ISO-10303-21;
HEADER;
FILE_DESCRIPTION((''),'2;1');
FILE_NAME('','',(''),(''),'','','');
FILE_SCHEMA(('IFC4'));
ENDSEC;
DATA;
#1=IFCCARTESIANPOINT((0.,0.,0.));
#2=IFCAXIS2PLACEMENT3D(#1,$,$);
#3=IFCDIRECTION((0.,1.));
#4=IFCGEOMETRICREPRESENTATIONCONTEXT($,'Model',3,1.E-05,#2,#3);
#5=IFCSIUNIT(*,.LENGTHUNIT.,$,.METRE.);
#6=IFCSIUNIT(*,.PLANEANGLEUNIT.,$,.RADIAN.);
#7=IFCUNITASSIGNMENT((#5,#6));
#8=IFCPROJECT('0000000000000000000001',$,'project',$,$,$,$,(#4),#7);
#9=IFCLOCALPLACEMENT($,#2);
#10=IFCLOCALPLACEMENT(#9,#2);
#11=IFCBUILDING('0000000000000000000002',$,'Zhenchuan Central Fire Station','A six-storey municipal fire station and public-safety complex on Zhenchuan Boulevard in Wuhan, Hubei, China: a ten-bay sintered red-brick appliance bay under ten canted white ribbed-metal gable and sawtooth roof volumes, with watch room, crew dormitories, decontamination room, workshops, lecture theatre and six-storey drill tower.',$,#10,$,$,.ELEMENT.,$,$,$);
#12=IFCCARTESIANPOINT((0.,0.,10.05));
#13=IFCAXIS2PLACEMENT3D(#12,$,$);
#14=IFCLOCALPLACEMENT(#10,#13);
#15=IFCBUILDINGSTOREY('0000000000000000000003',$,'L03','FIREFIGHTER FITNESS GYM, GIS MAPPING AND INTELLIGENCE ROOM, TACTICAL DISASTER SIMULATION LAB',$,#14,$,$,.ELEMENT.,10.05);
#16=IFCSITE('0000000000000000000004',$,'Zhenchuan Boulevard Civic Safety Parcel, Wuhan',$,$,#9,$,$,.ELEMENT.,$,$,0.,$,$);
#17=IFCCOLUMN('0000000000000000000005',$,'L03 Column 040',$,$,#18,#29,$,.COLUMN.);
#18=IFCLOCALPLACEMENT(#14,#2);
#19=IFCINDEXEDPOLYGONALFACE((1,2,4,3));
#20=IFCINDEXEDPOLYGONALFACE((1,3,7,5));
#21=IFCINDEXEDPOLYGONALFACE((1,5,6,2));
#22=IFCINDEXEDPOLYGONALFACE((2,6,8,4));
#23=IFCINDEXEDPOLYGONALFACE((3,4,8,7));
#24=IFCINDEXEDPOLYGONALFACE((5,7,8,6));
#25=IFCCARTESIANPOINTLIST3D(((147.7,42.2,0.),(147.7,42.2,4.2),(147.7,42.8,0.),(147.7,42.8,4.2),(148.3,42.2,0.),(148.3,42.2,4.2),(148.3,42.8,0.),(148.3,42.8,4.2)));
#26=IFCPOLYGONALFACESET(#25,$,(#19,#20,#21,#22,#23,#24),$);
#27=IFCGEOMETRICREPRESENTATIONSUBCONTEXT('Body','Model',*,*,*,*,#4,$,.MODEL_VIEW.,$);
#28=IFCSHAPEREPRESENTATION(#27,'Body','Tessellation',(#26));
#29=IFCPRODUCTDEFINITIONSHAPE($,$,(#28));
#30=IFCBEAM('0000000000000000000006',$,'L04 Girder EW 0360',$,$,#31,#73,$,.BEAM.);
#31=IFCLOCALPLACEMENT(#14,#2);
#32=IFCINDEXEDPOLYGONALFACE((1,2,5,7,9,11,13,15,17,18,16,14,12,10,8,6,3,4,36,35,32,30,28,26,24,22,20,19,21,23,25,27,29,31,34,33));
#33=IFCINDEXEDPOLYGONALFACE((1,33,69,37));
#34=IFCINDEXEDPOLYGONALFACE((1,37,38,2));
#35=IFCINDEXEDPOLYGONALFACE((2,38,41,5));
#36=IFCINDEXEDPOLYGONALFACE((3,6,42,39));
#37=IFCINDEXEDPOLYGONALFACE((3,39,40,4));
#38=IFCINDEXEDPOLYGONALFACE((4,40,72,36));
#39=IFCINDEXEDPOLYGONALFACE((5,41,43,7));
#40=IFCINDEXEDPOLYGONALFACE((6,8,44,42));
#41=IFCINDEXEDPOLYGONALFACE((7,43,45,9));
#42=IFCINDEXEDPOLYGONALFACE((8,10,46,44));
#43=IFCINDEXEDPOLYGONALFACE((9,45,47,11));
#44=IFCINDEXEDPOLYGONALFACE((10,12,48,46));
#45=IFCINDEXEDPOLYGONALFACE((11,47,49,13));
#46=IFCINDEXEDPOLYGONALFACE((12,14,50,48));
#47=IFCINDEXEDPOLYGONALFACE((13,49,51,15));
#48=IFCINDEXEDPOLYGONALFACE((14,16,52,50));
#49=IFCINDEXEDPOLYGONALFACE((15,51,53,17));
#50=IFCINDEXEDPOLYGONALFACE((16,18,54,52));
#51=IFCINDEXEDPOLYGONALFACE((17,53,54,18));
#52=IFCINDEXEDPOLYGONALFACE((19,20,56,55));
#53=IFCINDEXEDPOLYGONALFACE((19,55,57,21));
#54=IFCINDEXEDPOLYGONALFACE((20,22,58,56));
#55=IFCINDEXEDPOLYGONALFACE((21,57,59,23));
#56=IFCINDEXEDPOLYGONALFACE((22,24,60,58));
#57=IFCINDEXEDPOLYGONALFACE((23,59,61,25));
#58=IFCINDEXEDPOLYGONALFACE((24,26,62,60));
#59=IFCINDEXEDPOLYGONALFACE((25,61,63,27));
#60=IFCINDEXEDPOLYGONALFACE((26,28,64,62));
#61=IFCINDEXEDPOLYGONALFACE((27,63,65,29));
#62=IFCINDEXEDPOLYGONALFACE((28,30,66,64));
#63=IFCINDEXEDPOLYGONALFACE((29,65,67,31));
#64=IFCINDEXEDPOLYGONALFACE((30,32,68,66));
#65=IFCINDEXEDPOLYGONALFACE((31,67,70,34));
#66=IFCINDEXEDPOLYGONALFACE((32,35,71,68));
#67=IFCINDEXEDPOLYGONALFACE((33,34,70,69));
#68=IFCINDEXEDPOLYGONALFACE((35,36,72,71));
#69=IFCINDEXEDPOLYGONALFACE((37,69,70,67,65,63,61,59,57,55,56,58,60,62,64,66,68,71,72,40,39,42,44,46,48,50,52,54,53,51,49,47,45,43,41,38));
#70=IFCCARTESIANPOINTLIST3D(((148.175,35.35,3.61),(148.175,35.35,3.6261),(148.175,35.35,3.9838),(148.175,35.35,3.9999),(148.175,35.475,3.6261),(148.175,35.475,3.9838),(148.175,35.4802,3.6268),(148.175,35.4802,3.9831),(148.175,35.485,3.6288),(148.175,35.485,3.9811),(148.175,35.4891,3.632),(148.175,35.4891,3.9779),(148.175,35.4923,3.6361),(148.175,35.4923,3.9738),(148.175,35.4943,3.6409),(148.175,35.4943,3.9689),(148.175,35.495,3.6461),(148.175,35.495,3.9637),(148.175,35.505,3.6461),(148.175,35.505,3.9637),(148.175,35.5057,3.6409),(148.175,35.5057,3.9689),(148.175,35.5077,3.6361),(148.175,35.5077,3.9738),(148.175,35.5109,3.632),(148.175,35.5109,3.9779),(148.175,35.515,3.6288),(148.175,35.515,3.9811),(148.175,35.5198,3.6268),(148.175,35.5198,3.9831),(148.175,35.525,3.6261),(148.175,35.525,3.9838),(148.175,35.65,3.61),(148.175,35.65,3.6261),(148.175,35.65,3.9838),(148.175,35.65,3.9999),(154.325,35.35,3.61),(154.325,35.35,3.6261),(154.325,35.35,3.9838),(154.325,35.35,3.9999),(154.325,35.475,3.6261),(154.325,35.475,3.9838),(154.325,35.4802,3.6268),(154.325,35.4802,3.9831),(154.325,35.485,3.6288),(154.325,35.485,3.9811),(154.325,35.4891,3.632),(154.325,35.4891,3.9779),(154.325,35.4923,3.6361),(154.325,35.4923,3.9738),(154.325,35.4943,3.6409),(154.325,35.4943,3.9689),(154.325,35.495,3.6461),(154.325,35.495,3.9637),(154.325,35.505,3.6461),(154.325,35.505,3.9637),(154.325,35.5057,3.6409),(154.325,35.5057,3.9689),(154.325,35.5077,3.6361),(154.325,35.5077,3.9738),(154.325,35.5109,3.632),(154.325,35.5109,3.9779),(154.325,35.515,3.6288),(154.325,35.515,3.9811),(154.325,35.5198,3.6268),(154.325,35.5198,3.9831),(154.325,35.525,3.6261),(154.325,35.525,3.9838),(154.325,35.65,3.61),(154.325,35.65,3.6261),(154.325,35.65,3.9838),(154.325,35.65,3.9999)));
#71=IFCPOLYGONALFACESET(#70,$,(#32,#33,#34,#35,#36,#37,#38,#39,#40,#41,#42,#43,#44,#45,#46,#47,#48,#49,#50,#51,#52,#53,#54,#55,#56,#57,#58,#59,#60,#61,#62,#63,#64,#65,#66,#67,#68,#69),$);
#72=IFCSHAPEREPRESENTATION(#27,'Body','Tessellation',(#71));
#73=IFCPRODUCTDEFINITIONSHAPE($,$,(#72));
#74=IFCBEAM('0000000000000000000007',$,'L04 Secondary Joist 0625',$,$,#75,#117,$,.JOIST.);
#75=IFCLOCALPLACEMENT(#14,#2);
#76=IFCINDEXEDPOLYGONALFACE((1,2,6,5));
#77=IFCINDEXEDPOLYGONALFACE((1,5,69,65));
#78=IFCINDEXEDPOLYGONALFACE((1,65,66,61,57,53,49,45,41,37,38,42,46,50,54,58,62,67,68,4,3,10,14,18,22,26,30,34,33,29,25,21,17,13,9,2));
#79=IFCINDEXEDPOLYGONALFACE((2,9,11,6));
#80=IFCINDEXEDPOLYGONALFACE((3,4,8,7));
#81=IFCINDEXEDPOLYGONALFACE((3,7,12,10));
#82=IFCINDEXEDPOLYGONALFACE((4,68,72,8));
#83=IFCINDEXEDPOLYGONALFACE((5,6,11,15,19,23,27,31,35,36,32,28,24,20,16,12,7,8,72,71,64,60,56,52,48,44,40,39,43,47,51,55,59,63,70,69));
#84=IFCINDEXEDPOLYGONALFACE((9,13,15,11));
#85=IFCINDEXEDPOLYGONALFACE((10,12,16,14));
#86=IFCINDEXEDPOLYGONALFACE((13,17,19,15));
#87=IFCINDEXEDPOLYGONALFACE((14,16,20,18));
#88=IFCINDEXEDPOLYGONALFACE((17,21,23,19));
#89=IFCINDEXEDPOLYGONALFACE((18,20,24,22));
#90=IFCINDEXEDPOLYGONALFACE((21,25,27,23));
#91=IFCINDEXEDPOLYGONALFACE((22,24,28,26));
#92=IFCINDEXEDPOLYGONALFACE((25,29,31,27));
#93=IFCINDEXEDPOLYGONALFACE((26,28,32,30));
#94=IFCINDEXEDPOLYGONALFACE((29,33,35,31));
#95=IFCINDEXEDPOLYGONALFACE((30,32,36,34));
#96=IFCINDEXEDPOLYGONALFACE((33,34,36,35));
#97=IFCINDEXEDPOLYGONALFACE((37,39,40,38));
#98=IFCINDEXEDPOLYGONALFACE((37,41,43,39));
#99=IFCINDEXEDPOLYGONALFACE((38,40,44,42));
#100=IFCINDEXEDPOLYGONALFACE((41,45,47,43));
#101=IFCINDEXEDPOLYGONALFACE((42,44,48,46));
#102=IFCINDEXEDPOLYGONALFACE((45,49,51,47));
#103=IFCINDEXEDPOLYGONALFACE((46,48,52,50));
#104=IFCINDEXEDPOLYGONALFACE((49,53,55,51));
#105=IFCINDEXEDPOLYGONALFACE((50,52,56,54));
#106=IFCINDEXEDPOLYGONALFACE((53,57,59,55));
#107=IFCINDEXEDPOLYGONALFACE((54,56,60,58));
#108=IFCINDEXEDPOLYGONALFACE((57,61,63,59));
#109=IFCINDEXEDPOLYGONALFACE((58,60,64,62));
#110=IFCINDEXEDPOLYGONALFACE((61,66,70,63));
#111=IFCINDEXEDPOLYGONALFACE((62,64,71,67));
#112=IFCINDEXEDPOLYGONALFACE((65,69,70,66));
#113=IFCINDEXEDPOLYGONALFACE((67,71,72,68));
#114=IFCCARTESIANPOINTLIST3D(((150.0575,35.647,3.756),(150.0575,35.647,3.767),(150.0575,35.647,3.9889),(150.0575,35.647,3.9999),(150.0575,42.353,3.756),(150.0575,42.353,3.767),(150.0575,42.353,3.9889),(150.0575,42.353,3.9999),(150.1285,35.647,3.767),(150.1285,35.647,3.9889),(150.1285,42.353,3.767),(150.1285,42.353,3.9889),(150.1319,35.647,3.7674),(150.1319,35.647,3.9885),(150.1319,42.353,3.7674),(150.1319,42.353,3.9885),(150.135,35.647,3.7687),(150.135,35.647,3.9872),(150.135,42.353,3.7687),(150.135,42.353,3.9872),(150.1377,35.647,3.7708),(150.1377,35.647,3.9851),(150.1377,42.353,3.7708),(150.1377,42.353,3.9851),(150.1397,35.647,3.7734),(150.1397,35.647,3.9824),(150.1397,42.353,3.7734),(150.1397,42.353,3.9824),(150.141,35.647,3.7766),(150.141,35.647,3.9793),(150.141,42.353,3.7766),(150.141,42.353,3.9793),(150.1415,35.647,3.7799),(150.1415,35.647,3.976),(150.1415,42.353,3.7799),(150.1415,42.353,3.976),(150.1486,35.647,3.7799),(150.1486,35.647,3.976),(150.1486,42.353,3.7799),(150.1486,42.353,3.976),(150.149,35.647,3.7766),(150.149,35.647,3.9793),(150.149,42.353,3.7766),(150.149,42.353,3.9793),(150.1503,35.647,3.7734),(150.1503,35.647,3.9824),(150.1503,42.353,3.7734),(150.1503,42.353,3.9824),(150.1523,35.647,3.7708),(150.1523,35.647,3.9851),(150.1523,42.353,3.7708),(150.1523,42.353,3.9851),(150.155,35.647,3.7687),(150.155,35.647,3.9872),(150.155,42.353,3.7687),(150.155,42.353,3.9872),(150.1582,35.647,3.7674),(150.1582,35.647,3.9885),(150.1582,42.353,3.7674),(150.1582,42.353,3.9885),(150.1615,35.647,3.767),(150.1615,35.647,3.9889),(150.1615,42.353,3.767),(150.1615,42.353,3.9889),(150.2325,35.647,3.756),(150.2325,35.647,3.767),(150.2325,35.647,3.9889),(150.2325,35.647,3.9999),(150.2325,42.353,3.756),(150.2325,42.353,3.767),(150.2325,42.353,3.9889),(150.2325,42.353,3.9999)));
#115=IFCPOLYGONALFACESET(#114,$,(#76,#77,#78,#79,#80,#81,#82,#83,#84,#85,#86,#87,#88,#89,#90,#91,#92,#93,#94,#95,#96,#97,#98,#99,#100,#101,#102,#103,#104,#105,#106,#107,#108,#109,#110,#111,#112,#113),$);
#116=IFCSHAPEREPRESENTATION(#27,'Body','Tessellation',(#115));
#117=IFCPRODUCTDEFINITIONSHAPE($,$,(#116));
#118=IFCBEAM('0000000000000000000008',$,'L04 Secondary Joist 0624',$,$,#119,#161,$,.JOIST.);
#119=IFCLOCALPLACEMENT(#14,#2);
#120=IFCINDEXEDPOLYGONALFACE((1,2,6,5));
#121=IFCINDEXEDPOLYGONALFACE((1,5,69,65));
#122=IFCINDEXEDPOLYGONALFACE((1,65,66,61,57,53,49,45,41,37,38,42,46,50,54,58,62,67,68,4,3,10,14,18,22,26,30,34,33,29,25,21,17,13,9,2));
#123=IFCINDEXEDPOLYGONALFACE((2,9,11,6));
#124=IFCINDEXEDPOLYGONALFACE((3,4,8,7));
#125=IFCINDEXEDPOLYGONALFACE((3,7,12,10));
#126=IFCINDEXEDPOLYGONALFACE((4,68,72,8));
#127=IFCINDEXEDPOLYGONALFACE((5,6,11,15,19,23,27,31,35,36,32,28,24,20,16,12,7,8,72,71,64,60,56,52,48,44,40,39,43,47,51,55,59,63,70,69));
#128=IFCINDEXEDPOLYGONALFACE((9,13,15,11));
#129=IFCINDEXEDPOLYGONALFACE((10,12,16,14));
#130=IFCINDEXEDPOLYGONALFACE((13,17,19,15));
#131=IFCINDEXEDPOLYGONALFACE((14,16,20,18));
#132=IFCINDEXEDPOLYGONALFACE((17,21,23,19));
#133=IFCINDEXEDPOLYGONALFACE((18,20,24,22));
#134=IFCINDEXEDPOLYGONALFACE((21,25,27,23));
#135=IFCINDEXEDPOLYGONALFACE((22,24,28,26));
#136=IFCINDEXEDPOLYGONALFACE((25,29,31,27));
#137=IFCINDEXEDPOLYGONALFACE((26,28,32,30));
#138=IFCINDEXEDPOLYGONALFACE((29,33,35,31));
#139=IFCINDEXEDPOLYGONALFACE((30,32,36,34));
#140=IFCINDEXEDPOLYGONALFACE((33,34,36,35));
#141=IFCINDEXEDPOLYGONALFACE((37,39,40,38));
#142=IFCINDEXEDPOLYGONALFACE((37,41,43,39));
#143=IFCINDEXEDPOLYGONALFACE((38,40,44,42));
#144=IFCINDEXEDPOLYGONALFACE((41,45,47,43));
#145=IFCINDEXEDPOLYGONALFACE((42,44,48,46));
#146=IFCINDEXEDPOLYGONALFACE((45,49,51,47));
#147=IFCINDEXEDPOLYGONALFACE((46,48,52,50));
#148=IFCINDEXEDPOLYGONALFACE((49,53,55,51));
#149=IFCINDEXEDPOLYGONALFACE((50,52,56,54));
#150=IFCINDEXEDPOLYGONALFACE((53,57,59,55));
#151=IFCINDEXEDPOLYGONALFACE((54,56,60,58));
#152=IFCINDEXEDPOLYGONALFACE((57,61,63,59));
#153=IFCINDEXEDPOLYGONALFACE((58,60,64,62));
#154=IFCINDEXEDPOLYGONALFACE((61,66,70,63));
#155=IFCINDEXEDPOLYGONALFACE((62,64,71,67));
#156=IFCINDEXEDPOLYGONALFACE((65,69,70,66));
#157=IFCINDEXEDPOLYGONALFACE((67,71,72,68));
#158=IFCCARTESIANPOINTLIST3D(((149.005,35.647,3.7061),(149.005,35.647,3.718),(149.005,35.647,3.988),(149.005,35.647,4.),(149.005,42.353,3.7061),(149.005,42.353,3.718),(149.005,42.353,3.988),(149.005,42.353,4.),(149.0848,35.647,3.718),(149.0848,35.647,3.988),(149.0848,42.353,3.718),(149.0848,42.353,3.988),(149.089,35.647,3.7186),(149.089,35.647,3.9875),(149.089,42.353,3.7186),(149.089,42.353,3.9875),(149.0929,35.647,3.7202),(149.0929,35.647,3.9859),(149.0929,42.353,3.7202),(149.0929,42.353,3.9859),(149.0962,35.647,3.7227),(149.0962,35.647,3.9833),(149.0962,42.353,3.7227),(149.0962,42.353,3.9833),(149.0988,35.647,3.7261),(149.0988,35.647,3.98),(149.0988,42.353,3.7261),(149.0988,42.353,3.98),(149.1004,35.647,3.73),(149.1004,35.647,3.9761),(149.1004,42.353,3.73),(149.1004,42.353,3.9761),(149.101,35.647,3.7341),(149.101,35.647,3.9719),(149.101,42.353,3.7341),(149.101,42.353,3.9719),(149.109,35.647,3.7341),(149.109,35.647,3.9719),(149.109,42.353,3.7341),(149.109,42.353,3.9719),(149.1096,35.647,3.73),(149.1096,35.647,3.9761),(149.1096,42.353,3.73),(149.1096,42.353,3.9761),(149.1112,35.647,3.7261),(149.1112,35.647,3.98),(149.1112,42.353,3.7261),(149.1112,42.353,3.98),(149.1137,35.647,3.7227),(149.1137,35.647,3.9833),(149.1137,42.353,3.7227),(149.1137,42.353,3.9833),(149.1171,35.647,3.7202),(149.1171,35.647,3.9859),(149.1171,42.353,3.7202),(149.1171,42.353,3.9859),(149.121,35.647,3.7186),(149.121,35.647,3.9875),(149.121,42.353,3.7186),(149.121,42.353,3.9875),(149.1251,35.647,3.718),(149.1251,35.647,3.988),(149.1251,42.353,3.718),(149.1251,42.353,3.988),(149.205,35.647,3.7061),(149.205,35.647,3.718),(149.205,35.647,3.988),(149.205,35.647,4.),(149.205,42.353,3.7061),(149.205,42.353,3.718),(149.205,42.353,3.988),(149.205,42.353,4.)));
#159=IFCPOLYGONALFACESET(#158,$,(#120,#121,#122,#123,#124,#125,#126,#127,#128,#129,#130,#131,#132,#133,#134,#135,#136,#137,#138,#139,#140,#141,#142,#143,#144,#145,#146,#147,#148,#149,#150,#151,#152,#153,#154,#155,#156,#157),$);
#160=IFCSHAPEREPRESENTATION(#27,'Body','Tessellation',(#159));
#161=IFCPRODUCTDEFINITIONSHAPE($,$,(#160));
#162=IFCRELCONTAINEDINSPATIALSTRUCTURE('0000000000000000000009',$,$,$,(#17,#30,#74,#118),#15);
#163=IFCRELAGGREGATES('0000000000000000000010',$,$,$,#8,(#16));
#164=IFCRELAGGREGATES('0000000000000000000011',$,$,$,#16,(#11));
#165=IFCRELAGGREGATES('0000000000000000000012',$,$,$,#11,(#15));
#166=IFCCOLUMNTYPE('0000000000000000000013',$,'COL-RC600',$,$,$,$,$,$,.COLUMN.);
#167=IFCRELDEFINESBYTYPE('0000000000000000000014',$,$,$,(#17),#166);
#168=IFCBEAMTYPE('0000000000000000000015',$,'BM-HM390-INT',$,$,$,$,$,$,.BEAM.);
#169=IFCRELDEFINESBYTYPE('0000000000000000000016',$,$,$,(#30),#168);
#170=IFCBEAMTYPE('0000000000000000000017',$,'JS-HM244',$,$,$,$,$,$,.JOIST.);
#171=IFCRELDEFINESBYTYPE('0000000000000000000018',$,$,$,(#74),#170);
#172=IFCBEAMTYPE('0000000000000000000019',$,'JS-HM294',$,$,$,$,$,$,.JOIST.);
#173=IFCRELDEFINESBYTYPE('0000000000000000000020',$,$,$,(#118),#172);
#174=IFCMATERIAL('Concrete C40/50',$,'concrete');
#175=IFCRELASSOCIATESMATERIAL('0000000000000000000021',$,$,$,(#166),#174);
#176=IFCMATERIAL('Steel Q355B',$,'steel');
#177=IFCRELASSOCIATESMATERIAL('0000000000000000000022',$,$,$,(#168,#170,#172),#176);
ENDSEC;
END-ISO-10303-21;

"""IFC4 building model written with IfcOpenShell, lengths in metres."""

from ifc_helpers import new_model, si_unit, direction, frame, origin, origin_2d, place, context, subcontext, project, spatial, rectangle, i_section, extrude, material, material_profile, profile_set, type_object, element, save


model = new_model("IFC4")

# Units and contexts
model_context = context("Model", 3, precision=1e-05, world=origin(), true_north=direction((0.0, 1.0)))
body_context = subcontext(model_context, "Body", "Model", "MODEL_VIEW")
ifc_project = project(units=[si_unit("LENGTHUNIT", "METRE"), si_unit("PLANEANGLEUNIT", "RADIAN")], contexts=[model_context])

# Site, building, storey
site_placement = place(None, origin())
site = spatial("IfcSite", under=ifc_project, at=site_placement, Name="Zhenchuan Boulevard Civic Safety Parcel, Wuhan", CompositionType="ELEMENT", RefElevation=0.0)
building_placement = place(site_placement, origin())
building = spatial("IfcBuilding", under=site, at=building_placement, Name="Zhenchuan Central Fire Station", Description="A six-storey municipal fire station and public-safety complex on Zhenchuan Boulevard in Wuhan, Hubei, China: a ten-bay sintered red-brick appliance bay under ten canted white ribbed-metal gable and sawtooth roof volumes, with watch room, crew dormitories, decontamination room, workshops, lecture theatre and six-storey drill tower.", CompositionType="ELEMENT")
storey_placement = place(building_placement, frame((0.0, 0.0, 10.05)))
storey = spatial("IfcBuildingStorey", under=building, at=storey_placement, Name="L03", Description="FIREFIGHTER FITNESS GYM, GIS MAPPING AND INTELLIGENCE ROOM, TACTICAL DISASTER SIMULATION LAB", CompositionType="ELEMENT", Elevation=10.05)

# Column
ifc_material_1 = material(Name="Concrete C40/50", Category="concrete")
ifc_material_profile_1 = material_profile(ifc_material_1, rectangle(XDim=0.6001, YDim=0.6001, at=origin_2d()), Name="RC 600x600")
ifc_profile_set_1 = profile_set([ifc_material_profile_1], Name="Concrete C40/50")
column_type = type_object("IfcColumnType", Name="COL-RC600", PredefinedType="COLUMN", material=ifc_profile_set_1)
column_placement = place(storey_placement, frame((148.0, 42.5, 0.0), z_axis=(0.0, 0.0, 1.0), x_axis=(1.0, 0.0, 0.0)))
element("IfcColumn", 1, at=column_placement, inside=storey, type_object=column_type, Name="L03 Column 040", PredefinedType="COLUMN", context=body_context, shape_type="SweptSolid", body=[
    extrude(rectangle(XDim=0.6001, YDim=0.6001, at=origin_2d()), origin(), (0.0, 0.0, 1.0), 4.2),
])

# Beams
ifc_material_2 = material(Name="Steel Q355B", Category="steel")
ifc_material_profile_2 = material_profile(ifc_material_2, i_section(OverallWidth=0.3, OverallDepth=0.3899, WebThickness=0.01, FlangeThickness=0.0161, FilletRadius=0.02, at=origin_2d()), Name="HM 390x300")
ifc_profile_set_2 = profile_set([ifc_material_profile_2], Name="Steel Q355B")
beam_type_1 = type_object("IfcBeamType", Name="BM-HM390-INT", PredefinedType="BEAM", material=ifc_profile_set_2)
beam_1_placement = place(storey_placement, frame((148.175, 35.5, 3.8049), z_axis=(1.0, 0.0, 0.0), x_axis=(0.0, 1.0, 0.0)))
element("IfcBeam", 2, at=beam_1_placement, inside=storey, type_object=beam_type_1, Name="L04 Girder EW 0360", PredefinedType="BEAM", context=body_context, shape_type="SweptSolid", body=[
    extrude(i_section(OverallWidth=0.3, OverallDepth=0.3899, WebThickness=0.01, FlangeThickness=0.0161, FilletRadius=0.02, at=origin_2d()), origin(), (0.0, 0.0, 1.0), 6.1499),
])
ifc_material_profile_3 = material_profile(ifc_material_2, i_section(OverallWidth=0.175, OverallDepth=0.2439, WebThickness=0.0071, FlangeThickness=0.011, FilletRadius=0.0129, at=origin_2d()), Name="HM 244x175")
ifc_profile_set_3 = profile_set([ifc_material_profile_3], Name="Steel Q355B")
beam_type_2 = type_object("IfcBeamType", Name="JS-HM244", PredefinedType="JOIST", material=ifc_profile_set_3)
beam_2_placement = place(storey_placement, frame((150.145, 35.647, 3.8779), z_axis=(0.0, 1.0, 0.0), x_axis=(-1.0, 0.0, 0.0)))
element("IfcBeam", 3, at=beam_2_placement, inside=storey, type_object=beam_type_2, Name="L04 Secondary Joist 0625", PredefinedType="JOIST", context=body_context, shape_type="SweptSolid", body=[
    extrude(i_section(OverallWidth=0.175, OverallDepth=0.2439, WebThickness=0.0071, FlangeThickness=0.011, FilletRadius=0.0129, at=origin_2d()), origin(), (0.0, 0.0, 1.0), 6.7061),
])
ifc_material_profile_4 = material_profile(ifc_material_2, i_section(OverallWidth=0.2, OverallDepth=0.2939, WebThickness=0.0081, FlangeThickness=0.012, FilletRadius=0.0161, at=origin_2d()), Name="HM 294x200")
ifc_profile_set_4 = profile_set([ifc_material_profile_4], Name="Steel Q355B")
beam_type_3 = type_object("IfcBeamType", Name="JS-HM294", PredefinedType="JOIST", material=ifc_profile_set_4)
beam_3_placement = place(storey_placement, frame((149.105, 35.647, 3.853), z_axis=(0.0, 1.0, 0.0), x_axis=(-1.0, 0.0, 0.0)))
element("IfcBeam", 4, at=beam_3_placement, inside=storey, type_object=beam_type_3, Name="L04 Secondary Joist 0624", PredefinedType="JOIST", context=body_context, shape_type="SweptSolid", body=[
    extrude(i_section(OverallWidth=0.2, OverallDepth=0.2939, WebThickness=0.0081, FlangeThickness=0.012, FilletRadius=0.0161, at=origin_2d()), origin(), (0.0, 0.0, 1.0), 6.7061),
])

save(model, "model.ifc")
